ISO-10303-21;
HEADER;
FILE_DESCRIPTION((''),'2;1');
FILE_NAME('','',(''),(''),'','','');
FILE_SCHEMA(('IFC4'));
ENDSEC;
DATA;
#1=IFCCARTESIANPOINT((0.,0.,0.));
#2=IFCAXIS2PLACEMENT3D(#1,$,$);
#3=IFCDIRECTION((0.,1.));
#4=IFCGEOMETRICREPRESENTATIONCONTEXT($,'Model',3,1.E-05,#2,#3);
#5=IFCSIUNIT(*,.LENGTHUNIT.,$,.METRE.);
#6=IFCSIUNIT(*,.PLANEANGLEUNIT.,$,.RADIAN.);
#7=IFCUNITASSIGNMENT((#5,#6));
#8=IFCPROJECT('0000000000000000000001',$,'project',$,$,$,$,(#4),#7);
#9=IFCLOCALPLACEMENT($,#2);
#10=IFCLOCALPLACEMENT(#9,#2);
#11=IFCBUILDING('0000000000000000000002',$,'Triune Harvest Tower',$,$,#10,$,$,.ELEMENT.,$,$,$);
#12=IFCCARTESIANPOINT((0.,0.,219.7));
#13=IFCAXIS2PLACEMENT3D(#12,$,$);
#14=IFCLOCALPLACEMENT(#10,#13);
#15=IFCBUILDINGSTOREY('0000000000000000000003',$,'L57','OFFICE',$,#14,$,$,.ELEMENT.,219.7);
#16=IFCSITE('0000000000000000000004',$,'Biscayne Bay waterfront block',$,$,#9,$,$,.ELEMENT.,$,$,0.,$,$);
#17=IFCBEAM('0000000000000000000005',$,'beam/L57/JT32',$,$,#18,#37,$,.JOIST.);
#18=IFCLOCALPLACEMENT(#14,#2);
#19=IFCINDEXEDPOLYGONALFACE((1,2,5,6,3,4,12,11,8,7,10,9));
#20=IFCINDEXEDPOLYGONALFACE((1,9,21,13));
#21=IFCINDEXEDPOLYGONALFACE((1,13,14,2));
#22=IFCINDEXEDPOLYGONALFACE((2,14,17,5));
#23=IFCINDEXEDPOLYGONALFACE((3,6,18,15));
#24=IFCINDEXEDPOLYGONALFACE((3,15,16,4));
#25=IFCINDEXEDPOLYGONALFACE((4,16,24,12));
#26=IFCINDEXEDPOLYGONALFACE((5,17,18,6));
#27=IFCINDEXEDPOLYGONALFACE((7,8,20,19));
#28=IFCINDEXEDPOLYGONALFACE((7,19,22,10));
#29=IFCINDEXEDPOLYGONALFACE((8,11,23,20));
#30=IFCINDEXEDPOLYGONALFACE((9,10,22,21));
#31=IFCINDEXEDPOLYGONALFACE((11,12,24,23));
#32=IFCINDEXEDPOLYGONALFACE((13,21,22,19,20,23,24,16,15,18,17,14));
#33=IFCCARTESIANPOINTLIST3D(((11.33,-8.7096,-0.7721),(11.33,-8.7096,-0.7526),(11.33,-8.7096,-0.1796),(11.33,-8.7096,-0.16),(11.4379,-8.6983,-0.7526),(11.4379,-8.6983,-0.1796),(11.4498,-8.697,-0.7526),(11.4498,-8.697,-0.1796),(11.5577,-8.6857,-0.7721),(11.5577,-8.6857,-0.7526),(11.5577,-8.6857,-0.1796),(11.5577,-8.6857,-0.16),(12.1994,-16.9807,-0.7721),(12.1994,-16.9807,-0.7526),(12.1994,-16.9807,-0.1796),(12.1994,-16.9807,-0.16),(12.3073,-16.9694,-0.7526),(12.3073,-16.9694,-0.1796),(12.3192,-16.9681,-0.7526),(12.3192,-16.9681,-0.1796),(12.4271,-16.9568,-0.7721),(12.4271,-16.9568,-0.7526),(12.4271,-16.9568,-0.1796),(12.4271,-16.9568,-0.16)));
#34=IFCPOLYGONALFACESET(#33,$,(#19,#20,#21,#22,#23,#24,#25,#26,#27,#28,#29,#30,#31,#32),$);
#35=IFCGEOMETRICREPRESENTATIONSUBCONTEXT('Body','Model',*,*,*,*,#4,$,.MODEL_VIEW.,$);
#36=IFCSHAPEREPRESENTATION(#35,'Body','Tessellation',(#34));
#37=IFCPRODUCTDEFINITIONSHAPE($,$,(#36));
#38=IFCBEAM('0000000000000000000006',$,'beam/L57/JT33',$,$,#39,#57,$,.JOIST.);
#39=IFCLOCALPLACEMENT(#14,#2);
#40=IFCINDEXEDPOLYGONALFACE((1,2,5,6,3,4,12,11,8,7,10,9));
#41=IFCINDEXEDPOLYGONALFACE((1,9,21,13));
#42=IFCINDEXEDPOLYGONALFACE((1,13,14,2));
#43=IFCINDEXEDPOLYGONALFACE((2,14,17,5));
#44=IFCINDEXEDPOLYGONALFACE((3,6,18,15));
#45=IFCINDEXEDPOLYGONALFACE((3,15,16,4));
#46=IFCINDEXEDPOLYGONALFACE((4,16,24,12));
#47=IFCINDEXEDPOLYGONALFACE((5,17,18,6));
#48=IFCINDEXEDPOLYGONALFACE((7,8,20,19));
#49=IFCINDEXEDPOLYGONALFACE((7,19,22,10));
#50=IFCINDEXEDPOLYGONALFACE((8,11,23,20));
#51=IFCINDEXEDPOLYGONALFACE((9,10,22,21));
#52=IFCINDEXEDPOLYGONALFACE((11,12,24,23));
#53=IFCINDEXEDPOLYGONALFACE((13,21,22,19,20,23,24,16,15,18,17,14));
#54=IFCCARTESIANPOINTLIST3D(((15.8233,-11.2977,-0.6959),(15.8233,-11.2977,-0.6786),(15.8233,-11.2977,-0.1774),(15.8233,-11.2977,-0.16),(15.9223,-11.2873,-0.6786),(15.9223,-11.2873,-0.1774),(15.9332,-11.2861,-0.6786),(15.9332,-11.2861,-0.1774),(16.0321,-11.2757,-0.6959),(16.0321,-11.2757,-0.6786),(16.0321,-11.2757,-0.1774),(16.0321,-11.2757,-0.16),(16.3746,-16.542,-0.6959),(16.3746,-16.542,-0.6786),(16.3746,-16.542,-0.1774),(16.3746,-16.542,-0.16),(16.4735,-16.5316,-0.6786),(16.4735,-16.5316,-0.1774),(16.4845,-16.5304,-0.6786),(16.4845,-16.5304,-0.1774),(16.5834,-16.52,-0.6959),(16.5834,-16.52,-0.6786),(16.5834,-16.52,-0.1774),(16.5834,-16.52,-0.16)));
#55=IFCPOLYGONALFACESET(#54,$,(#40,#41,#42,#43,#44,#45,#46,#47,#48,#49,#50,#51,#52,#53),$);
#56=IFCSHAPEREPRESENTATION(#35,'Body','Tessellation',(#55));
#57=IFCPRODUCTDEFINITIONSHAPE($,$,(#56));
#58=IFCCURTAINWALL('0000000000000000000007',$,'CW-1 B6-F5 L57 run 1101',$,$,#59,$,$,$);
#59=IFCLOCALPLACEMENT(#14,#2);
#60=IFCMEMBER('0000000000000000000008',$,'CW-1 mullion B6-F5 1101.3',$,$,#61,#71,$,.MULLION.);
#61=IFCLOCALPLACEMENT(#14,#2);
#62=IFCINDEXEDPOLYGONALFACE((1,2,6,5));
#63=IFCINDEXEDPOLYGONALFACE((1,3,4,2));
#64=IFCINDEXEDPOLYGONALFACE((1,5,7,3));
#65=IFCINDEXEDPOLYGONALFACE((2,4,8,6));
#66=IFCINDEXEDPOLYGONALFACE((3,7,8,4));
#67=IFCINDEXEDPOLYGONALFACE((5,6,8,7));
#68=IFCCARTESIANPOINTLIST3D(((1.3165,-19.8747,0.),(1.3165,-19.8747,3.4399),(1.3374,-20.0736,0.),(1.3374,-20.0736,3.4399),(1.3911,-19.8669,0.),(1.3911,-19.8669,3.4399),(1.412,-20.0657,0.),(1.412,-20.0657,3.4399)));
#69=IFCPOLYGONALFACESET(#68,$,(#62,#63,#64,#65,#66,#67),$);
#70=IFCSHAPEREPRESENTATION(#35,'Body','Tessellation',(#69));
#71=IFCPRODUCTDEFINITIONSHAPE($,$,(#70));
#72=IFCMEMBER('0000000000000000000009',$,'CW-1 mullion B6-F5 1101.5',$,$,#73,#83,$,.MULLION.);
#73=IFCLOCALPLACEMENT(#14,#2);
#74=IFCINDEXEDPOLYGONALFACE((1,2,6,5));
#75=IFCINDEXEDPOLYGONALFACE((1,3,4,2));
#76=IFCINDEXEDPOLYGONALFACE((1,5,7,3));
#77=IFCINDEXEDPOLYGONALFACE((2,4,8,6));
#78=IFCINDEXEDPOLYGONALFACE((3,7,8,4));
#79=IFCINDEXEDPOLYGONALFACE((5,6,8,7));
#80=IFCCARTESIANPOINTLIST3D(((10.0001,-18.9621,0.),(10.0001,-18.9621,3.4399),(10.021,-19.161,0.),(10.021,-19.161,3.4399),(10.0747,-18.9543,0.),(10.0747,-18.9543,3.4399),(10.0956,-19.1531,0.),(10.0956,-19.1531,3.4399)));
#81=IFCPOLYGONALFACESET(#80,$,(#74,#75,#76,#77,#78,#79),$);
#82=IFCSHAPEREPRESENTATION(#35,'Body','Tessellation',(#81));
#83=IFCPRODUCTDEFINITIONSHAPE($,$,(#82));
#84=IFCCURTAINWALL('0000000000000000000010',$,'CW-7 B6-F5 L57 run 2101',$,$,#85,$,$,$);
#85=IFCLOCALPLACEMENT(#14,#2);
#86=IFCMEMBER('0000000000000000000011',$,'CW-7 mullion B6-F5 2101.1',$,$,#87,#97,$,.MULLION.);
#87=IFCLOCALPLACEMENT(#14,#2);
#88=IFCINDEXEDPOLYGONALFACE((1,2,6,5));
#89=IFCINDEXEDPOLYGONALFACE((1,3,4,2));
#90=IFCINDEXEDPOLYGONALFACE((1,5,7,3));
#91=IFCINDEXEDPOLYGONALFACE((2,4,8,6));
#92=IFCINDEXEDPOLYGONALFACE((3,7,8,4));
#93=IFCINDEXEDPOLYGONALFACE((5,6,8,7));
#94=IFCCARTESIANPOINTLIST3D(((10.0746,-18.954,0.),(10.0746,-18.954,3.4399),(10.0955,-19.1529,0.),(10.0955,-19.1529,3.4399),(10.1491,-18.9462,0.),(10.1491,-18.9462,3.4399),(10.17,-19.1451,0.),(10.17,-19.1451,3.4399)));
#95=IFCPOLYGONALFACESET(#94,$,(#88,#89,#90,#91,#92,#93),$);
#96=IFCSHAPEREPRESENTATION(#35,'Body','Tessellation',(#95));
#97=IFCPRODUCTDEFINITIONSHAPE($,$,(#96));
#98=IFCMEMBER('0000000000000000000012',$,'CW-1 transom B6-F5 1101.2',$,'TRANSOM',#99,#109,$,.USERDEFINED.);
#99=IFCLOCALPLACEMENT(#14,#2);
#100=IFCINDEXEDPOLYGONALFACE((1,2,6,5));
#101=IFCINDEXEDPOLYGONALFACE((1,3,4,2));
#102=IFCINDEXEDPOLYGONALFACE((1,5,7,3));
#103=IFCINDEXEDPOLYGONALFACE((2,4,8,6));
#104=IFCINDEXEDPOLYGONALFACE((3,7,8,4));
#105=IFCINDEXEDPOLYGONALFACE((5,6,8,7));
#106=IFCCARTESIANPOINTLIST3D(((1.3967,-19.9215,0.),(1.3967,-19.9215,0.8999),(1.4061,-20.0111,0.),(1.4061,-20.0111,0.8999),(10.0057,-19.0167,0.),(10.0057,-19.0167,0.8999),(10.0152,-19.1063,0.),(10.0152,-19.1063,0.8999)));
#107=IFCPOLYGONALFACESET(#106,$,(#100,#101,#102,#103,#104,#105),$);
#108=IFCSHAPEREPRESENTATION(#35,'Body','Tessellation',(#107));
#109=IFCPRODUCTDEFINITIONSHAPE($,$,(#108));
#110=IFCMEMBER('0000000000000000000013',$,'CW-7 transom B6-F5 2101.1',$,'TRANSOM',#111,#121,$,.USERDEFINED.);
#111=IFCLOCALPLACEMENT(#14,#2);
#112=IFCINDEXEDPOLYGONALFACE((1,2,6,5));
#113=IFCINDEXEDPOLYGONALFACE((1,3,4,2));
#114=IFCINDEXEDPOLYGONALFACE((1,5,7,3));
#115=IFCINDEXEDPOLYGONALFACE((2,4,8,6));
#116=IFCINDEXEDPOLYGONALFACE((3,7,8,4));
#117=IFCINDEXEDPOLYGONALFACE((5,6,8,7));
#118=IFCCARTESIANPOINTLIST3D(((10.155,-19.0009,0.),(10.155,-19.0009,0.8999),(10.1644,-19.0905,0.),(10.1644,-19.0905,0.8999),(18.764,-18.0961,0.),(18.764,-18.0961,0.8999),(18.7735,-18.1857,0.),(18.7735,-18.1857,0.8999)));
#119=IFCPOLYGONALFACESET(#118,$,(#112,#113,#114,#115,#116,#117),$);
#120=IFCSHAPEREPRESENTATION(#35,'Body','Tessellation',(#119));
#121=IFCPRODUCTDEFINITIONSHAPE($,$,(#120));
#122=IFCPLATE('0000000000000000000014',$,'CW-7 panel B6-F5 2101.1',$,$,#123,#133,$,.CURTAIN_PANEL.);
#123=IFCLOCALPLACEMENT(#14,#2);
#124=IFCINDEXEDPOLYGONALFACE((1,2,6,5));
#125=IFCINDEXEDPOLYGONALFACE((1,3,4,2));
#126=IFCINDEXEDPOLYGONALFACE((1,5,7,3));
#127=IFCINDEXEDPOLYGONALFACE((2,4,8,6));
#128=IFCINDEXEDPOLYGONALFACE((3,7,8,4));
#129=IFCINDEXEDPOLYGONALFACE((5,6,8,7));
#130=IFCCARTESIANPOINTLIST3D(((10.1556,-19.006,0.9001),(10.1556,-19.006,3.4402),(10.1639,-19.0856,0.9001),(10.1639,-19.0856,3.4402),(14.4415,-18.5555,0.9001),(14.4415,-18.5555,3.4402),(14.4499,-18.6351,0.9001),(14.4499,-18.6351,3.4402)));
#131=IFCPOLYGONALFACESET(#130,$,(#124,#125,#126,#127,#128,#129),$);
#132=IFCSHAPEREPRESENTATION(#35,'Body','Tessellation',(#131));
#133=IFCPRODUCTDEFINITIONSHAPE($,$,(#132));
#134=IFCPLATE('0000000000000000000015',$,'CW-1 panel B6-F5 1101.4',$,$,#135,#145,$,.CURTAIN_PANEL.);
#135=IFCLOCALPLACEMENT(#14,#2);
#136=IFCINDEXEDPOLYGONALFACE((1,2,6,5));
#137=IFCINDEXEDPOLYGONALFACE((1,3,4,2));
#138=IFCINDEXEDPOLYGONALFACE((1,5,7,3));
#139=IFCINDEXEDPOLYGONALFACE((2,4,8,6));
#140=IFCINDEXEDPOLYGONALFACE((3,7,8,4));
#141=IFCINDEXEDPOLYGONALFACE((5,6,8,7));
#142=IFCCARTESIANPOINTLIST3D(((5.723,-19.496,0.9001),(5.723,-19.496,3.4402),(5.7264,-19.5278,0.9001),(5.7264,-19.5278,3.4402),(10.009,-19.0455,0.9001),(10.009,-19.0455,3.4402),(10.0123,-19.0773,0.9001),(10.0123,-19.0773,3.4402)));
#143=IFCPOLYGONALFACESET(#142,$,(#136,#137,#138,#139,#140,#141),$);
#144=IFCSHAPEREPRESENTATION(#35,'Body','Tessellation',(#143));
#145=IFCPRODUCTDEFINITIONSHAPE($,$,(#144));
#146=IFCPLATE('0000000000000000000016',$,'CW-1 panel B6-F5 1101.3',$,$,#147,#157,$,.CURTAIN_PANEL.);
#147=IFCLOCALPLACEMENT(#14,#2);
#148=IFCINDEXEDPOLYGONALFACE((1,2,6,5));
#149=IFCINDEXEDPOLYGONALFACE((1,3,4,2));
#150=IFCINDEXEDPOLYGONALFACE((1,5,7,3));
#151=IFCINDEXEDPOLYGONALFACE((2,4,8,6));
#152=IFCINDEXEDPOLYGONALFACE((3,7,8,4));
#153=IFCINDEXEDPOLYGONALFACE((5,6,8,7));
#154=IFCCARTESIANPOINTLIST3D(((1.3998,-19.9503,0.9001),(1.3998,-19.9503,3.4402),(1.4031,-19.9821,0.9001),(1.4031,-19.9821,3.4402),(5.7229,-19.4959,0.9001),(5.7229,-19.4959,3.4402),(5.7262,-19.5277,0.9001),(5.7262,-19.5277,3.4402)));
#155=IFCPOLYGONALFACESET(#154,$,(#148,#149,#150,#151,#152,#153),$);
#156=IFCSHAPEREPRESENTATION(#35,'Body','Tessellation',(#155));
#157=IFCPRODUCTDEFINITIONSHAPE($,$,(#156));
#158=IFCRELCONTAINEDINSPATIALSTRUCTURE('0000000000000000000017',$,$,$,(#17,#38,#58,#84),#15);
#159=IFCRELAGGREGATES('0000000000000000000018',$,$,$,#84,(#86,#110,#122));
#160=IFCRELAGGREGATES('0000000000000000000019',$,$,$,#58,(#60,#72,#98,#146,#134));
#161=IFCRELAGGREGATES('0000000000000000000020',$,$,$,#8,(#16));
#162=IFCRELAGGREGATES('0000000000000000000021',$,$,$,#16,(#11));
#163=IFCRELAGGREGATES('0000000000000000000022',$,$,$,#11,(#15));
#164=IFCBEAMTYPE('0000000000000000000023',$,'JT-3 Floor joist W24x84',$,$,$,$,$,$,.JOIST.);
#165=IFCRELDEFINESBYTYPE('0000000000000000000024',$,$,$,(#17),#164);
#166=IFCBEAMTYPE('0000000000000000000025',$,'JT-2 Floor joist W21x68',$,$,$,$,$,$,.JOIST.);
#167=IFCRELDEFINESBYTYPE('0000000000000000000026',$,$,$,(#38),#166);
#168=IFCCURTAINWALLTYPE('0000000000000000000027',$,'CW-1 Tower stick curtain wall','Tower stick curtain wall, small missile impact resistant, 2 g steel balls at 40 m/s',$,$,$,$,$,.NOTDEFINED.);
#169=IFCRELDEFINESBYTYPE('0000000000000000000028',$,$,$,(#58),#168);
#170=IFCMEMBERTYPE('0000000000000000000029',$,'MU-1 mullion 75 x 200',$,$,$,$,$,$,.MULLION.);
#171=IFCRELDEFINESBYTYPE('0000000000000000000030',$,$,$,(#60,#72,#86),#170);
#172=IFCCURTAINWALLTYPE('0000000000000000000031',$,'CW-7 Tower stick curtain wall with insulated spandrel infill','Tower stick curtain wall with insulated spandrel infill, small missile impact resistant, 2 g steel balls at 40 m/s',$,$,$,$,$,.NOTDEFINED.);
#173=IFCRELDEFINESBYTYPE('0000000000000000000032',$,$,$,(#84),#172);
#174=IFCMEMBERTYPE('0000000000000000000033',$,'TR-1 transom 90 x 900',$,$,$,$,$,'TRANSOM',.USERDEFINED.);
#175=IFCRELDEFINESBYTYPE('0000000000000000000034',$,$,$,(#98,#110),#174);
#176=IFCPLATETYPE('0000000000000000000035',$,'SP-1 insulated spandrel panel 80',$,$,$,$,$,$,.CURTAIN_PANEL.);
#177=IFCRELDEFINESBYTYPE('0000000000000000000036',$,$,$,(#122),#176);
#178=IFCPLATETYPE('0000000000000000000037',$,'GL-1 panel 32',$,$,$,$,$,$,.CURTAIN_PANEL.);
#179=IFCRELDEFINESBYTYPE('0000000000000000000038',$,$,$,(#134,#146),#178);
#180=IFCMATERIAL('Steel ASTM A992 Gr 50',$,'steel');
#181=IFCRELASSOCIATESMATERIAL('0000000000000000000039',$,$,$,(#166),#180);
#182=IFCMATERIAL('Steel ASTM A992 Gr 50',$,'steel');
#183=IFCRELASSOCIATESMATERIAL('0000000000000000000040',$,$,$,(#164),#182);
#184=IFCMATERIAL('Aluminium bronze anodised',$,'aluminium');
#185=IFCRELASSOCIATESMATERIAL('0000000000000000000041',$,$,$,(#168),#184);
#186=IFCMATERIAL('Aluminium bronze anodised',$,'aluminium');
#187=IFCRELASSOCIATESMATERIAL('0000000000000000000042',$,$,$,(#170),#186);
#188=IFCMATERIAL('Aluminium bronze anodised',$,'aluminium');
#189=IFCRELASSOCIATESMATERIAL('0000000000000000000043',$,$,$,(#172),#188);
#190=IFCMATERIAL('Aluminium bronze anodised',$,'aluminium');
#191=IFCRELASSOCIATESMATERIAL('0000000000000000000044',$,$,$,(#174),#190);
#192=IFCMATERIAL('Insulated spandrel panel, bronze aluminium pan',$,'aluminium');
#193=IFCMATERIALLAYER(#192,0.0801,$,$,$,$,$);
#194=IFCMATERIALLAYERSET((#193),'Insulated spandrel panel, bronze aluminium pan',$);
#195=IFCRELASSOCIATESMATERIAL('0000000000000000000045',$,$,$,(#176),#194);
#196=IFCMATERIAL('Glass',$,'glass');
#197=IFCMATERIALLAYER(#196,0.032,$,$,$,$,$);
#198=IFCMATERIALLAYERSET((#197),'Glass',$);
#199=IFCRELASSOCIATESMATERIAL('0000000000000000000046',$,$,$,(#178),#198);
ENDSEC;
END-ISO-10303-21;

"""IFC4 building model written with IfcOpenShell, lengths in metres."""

from ifc_helpers import new_model, si_unit, direction, frame, origin, origin_2d, place, context, subcontext, project, spatial, rectangle, i_section, extrude, source, transform, mapped, material, layer, layer_set, material_profile, profile_set, type_object, element, aggregate, save


model = new_model("IFC4")

# Units and contexts
model_context = context("Model", 3, precision=1e-05, world=origin(), true_north=direction((0.0, 1.0)))
body_context = subcontext(model_context, "Body", "Model", "MODEL_VIEW")
ifc_project = project(units=[si_unit("LENGTHUNIT", "METRE"), si_unit("PLANEANGLEUNIT", "RADIAN")], contexts=[model_context])

# Site, building, storey
site_placement = place(None, origin())
site = spatial("IfcSite", under=ifc_project, at=site_placement, Name="Biscayne Bay waterfront block", CompositionType="ELEMENT", RefElevation=0.0)
building_placement = place(site_placement, origin())
building = spatial("IfcBuilding", under=site, at=building_placement, Name="Triune Harvest Tower", CompositionType="ELEMENT")
storey_placement = place(building_placement, frame((0.0, 0.0, 219.7)))
storey = spatial("IfcBuildingStorey", under=building, at=storey_placement, Name="L57", Description="OFFICE", CompositionType="ELEMENT", Elevation=219.7)

# Beams
ifc_material_1 = material(Name="Steel ASTM A992 Gr 50", Category="steel")
ifc_material_profile_1 = material_profile(ifc_material_1, i_section(OverallWidth=0.21, OverallDepth=0.5359, WebThickness=0.011, FlangeThickness=0.0173, at=origin_2d()), Name="W21x68")
ifc_profile_set_1 = profile_set([ifc_material_profile_1], Name="Steel ASTM A992 Gr 50")
beam_type_1 = type_object("IfcBeamType", Name="JT-2 Floor joist W21x68", PredefinedType="JOIST", material=ifc_profile_set_1)
ifc_material_2 = material(Name="Steel ASTM A992 Gr 50", Category="steel")
ifc_material_profile_2 = material_profile(ifc_material_2, i_section(OverallWidth=0.229, OverallDepth=0.6121, WebThickness=0.012, FlangeThickness=0.0195, at=origin_2d()), Name="W24x84")
ifc_profile_set_2 = profile_set([ifc_material_profile_2], Name="Steel ASTM A992 Gr 50")
beam_type_2 = type_object("IfcBeamType", Name="JT-3 Floor joist W24x84", PredefinedType="JOIST", material=ifc_profile_set_2)
shared_shape_1 = source(origin(), body_context, "Body", "SweptSolid", [
    extrude(i_section(OverallWidth=0.229, OverallDepth=0.6121, WebThickness=0.012, FlangeThickness=0.0195, at=origin_2d()), origin(), (0.0, 0.0, 1.0), 8.3167),
])
beam_1_placement = place(storey_placement, frame((12.3132, -16.9688, -0.4661), z_axis=(-0.104537, 0.994521, 0.0), x_axis=(-0.994521, -0.104537, 0.0)))
element("IfcBeam", 1, at=beam_1_placement, inside=storey, type_object=beam_type_2, Name="beam/L57/JT32", PredefinedType="JOIST", context=body_context, shape_type="MappedRepresentation", body=[
    mapped(shared_shape_1, transform((0.0, 0.0, 0.0), scale=1.0)),
])
shared_shape_2 = source(origin(), body_context, "Body", "SweptSolid", [
    extrude(i_section(OverallWidth=0.21, OverallDepth=0.5359, WebThickness=0.011, FlangeThickness=0.0173, at=origin_2d()), origin(), (0.0, 0.0, 1.0), 5.2732),
])
beam_2_placement = place(storey_placement, frame((16.479, -16.531, -0.428), z_axis=(-0.10454, 0.994521, 0.0), x_axis=(-0.994521, -0.10454, 0.0)))
element("IfcBeam", 2, at=beam_2_placement, inside=storey, type_object=beam_type_1, Name="beam/L57/JT33", PredefinedType="JOIST", context=body_context, shape_type="MappedRepresentation", body=[
    mapped(shared_shape_2, transform((0.0, 0.0, 0.0), scale=1.0)),
])

# Curtain wall, members
ifc_material_3 = material(Name="Aluminium bronze anodised", Category="aluminium")
curtain_wall_type_1 = type_object("IfcCurtainWallType", Name="CW-1 Tower stick curtain wall", Description="Tower stick curtain wall, small missile impact resistant, 2 g steel balls at 40 m/s", PredefinedType="NOTDEFINED", material=ifc_material_3)
curtain_wall_1_placement = place(storey_placement, origin())
curtain_wall_1 = element("IfcCurtainWall", 3, at=curtain_wall_1_placement, inside=storey, type_object=curtain_wall_type_1, Name="CW-1 B6-F5 L57 run 1101")
ifc_material_4 = material(Name="Aluminium bronze anodised", Category="aluminium")
ifc_material_profile_3 = material_profile(ifc_material_4, rectangle(XDim=0.2, YDim=0.075, at=origin_2d()), Name="MU-1 mullion 75 x 200")
ifc_profile_set_3 = profile_set([ifc_material_profile_3], Name="Aluminium bronze anodised")
member_type_1 = type_object("IfcMemberType", Name="MU-1 mullion 75 x 200", PredefinedType="MULLION", material=ifc_profile_set_3)
shared_shape_3 = source(origin(), body_context, "Body", "SweptSolid", [
    extrude(rectangle(XDim=0.2, YDim=0.075, at=origin_2d()), origin(), (0.0, 0.0, 1.0), 3.4399),
])
member_1_placement = place(storey_placement, frame((1.3643, -19.9702, 0.0), z_axis=(0.0, 0.0, 1.0), x_axis=(-0.104533, 0.994521, 0.0)))
member_1 = element("IfcMember", 4, at=member_1_placement, type_object=member_type_1, Name="CW-1 mullion B6-F5 1101.3", PredefinedType="MULLION", context=body_context, shape_type="MappedRepresentation", body=[
    mapped(shared_shape_3, transform((0.0, 0.0, 0.0), scale=1.0)),
])
member_2_placement = place(storey_placement, frame((10.0479, -19.0576, 0.0), z_axis=(0.0, 0.0, 1.0), x_axis=(-0.104533, 0.994521, 0.0)))
member_2 = element("IfcMember", 5, at=member_2_placement, type_object=member_type_1, Name="CW-1 mullion B6-F5 1101.5", PredefinedType="MULLION", context=body_context, shape_type="MappedRepresentation", body=[
    mapped(shared_shape_3, transform((0.0, 0.0, 0.0), scale=1.0)),
])

# Curtain wall, member
ifc_material_5 = material(Name="Aluminium bronze anodised", Category="aluminium")
curtain_wall_type_2 = type_object("IfcCurtainWallType", Name="CW-7 Tower stick curtain wall with insulated spandrel infill", Description="Tower stick curtain wall with insulated spandrel infill, small missile impact resistant, 2 g steel balls at 40 m/s", PredefinedType="NOTDEFINED", material=ifc_material_5)
curtain_wall_2_placement = place(storey_placement, origin())
curtain_wall_2 = element("IfcCurtainWall", 6, at=curtain_wall_2_placement, inside=storey, type_object=curtain_wall_type_2, Name="CW-7 B6-F5 L57 run 2101")
member_3_placement = place(storey_placement, frame((10.1223, -19.0496, 0.0), z_axis=(0.0, 0.0, 1.0), x_axis=(-0.104527, 0.994522, 0.0)))
member_3 = element("IfcMember", 7, at=member_3_placement, type_object=member_type_1, Name="CW-7 mullion B6-F5 2101.1", PredefinedType="MULLION", context=body_context, shape_type="MappedRepresentation", body=[
    mapped(shared_shape_3, transform((0.0, 0.0, 0.0), scale=1.0)),
])

# Members
ifc_material_6 = material(Name="Aluminium bronze anodised", Category="aluminium")
ifc_material_profile_4 = material_profile(ifc_material_6, rectangle(XDim=0.0901, YDim=0.8999, at=origin_2d()), Name="TR-1 transom 90 x 900")
ifc_profile_set_4 = profile_set([ifc_material_profile_4], Name="Aluminium bronze anodised")
member_type_2 = type_object("IfcMemberType", Name="TR-1 transom 90 x 900", ElementType="TRANSOM", PredefinedType="USERDEFINED", material=ifc_profile_set_4)
shared_shape_4 = source(origin(), body_context, "Body", "SweptSolid", [
    extrude(rectangle(XDim=0.0901, YDim=0.8999, at=origin_2d()), origin(), (0.0, 0.0, 1.0), 8.6565),
])
member_4_placement = place(storey_placement, frame((1.4014, -19.9663, 0.45), z_axis=(0.994523, 0.10452, 0.0), x_axis=(-0.10452, 0.994523, 0.0)))
member_4 = element("IfcMember", 8, at=member_4_placement, type_object=member_type_2, Name="CW-1 transom B6-F5 1101.2", ObjectType="TRANSOM", PredefinedType="USERDEFINED", context=body_context, shape_type="MappedRepresentation", body=[
    mapped(shared_shape_4, transform((0.0, 0.0, 0.0), scale=1.0)),
])
member_5_placement = place(storey_placement, frame((10.1597, -19.0457, 0.45), z_axis=(0.994523, 0.10452, 0.0), x_axis=(-0.10452, 0.994523, 0.0)))
member_5 = element("IfcMember", 9, at=member_5_placement, type_object=member_type_2, Name="CW-7 transom B6-F5 2101.1", ObjectType="TRANSOM", PredefinedType="USERDEFINED", context=body_context, shape_type="MappedRepresentation", body=[
    mapped(shared_shape_4, transform((0.0, 0.0, 0.0), scale=1.0)),
])

# Plates
ifc_material_7 = material(Name="Insulated spandrel panel, bronze aluminium pan", Category="aluminium")
ifc_layer_1 = layer(ifc_material_7, 0.0801)
ifc_layer_set_1 = layer_set([ifc_layer_1], Name="Insulated spandrel panel, bronze aluminium pan")
plate_type_1 = type_object("IfcPlateType", Name="SP-1 insulated spandrel panel 80", PredefinedType="CURTAIN_PANEL", material=ifc_layer_set_1)
shared_shape_5 = source(origin(), body_context, "Body", "SweptSolid", [
    extrude(rectangle(XDim=4.3096, YDim=0.0801, at=origin_2d()), origin(), (0.0, 0.0, 1.0), 2.54),
])
plate_1_placement = place(storey_placement, frame((12.3027, -18.8206, 0.9001), z_axis=(0.0, 0.0, 1.0), x_axis=(0.994522, 0.104527, 0.0)))
plate_1 = element("IfcPlate", 10, at=plate_1_placement, type_object=plate_type_1, Name="CW-7 panel B6-F5 2101.1", PredefinedType="CURTAIN_PANEL", context=body_context, shape_type="MappedRepresentation", body=[
    mapped(shared_shape_5, transform((0.0, 0.0, 0.0), scale=1.0)),
])
aggregate(curtain_wall_2, [member_3, member_5, plate_1])
ifc_material_8 = material(Name="Glass", Category="glass")
ifc_layer_2 = layer(ifc_material_8, 0.032)
ifc_layer_set_2 = layer_set([ifc_layer_2], Name="Glass")
plate_type_2 = type_object("IfcPlateType", Name="GL-1 panel 32", PredefinedType="CURTAIN_PANEL", material=ifc_layer_set_2)
shared_shape_6 = source(origin(), body_context, "Body", "SweptSolid", [
    extrude(rectangle(XDim=4.3096, YDim=0.032, at=origin_2d()), origin(), (0.0, 0.0, 1.0), 2.54),
])
plate_2_placement = place(storey_placement, frame((7.8677, -19.2866, 0.9001), z_axis=(0.0, 0.0, 1.0), x_axis=(0.994521, 0.104533, 0.0)))
plate_2 = element("IfcPlate", 11, at=plate_2_placement, type_object=plate_type_2, Name="CW-1 panel B6-F5 1101.4", PredefinedType="CURTAIN_PANEL", context=body_context, shape_type="MappedRepresentation", body=[
    mapped(shared_shape_6, transform((0.0, 0.0, 0.0), scale=1.0)),
])
shared_shape_7 = source(origin(), body_context, "Body", "SweptSolid", [
    extrude(rectangle(XDim=4.3469, YDim=0.032, at=origin_2d()), origin(), (0.0, 0.0, 1.0), 2.54),
])
plate_3_placement = place(storey_placement, frame((3.563, -19.739, 0.9001), z_axis=(0.0, 0.0, 1.0), x_axis=(0.994521, 0.104533, 0.0)))
plate_3 = element("IfcPlate", 12, at=plate_3_placement, type_object=plate_type_2, Name="CW-1 panel B6-F5 1101.3", PredefinedType="CURTAIN_PANEL", context=body_context, shape_type="MappedRepresentation", body=[
    mapped(shared_shape_7, transform((0.0, 0.0, 0.0), scale=1.0)),
])
aggregate(curtain_wall_1, [member_1, member_2, member_4, plate_3, plate_2])

save(model, "model.ifc")
